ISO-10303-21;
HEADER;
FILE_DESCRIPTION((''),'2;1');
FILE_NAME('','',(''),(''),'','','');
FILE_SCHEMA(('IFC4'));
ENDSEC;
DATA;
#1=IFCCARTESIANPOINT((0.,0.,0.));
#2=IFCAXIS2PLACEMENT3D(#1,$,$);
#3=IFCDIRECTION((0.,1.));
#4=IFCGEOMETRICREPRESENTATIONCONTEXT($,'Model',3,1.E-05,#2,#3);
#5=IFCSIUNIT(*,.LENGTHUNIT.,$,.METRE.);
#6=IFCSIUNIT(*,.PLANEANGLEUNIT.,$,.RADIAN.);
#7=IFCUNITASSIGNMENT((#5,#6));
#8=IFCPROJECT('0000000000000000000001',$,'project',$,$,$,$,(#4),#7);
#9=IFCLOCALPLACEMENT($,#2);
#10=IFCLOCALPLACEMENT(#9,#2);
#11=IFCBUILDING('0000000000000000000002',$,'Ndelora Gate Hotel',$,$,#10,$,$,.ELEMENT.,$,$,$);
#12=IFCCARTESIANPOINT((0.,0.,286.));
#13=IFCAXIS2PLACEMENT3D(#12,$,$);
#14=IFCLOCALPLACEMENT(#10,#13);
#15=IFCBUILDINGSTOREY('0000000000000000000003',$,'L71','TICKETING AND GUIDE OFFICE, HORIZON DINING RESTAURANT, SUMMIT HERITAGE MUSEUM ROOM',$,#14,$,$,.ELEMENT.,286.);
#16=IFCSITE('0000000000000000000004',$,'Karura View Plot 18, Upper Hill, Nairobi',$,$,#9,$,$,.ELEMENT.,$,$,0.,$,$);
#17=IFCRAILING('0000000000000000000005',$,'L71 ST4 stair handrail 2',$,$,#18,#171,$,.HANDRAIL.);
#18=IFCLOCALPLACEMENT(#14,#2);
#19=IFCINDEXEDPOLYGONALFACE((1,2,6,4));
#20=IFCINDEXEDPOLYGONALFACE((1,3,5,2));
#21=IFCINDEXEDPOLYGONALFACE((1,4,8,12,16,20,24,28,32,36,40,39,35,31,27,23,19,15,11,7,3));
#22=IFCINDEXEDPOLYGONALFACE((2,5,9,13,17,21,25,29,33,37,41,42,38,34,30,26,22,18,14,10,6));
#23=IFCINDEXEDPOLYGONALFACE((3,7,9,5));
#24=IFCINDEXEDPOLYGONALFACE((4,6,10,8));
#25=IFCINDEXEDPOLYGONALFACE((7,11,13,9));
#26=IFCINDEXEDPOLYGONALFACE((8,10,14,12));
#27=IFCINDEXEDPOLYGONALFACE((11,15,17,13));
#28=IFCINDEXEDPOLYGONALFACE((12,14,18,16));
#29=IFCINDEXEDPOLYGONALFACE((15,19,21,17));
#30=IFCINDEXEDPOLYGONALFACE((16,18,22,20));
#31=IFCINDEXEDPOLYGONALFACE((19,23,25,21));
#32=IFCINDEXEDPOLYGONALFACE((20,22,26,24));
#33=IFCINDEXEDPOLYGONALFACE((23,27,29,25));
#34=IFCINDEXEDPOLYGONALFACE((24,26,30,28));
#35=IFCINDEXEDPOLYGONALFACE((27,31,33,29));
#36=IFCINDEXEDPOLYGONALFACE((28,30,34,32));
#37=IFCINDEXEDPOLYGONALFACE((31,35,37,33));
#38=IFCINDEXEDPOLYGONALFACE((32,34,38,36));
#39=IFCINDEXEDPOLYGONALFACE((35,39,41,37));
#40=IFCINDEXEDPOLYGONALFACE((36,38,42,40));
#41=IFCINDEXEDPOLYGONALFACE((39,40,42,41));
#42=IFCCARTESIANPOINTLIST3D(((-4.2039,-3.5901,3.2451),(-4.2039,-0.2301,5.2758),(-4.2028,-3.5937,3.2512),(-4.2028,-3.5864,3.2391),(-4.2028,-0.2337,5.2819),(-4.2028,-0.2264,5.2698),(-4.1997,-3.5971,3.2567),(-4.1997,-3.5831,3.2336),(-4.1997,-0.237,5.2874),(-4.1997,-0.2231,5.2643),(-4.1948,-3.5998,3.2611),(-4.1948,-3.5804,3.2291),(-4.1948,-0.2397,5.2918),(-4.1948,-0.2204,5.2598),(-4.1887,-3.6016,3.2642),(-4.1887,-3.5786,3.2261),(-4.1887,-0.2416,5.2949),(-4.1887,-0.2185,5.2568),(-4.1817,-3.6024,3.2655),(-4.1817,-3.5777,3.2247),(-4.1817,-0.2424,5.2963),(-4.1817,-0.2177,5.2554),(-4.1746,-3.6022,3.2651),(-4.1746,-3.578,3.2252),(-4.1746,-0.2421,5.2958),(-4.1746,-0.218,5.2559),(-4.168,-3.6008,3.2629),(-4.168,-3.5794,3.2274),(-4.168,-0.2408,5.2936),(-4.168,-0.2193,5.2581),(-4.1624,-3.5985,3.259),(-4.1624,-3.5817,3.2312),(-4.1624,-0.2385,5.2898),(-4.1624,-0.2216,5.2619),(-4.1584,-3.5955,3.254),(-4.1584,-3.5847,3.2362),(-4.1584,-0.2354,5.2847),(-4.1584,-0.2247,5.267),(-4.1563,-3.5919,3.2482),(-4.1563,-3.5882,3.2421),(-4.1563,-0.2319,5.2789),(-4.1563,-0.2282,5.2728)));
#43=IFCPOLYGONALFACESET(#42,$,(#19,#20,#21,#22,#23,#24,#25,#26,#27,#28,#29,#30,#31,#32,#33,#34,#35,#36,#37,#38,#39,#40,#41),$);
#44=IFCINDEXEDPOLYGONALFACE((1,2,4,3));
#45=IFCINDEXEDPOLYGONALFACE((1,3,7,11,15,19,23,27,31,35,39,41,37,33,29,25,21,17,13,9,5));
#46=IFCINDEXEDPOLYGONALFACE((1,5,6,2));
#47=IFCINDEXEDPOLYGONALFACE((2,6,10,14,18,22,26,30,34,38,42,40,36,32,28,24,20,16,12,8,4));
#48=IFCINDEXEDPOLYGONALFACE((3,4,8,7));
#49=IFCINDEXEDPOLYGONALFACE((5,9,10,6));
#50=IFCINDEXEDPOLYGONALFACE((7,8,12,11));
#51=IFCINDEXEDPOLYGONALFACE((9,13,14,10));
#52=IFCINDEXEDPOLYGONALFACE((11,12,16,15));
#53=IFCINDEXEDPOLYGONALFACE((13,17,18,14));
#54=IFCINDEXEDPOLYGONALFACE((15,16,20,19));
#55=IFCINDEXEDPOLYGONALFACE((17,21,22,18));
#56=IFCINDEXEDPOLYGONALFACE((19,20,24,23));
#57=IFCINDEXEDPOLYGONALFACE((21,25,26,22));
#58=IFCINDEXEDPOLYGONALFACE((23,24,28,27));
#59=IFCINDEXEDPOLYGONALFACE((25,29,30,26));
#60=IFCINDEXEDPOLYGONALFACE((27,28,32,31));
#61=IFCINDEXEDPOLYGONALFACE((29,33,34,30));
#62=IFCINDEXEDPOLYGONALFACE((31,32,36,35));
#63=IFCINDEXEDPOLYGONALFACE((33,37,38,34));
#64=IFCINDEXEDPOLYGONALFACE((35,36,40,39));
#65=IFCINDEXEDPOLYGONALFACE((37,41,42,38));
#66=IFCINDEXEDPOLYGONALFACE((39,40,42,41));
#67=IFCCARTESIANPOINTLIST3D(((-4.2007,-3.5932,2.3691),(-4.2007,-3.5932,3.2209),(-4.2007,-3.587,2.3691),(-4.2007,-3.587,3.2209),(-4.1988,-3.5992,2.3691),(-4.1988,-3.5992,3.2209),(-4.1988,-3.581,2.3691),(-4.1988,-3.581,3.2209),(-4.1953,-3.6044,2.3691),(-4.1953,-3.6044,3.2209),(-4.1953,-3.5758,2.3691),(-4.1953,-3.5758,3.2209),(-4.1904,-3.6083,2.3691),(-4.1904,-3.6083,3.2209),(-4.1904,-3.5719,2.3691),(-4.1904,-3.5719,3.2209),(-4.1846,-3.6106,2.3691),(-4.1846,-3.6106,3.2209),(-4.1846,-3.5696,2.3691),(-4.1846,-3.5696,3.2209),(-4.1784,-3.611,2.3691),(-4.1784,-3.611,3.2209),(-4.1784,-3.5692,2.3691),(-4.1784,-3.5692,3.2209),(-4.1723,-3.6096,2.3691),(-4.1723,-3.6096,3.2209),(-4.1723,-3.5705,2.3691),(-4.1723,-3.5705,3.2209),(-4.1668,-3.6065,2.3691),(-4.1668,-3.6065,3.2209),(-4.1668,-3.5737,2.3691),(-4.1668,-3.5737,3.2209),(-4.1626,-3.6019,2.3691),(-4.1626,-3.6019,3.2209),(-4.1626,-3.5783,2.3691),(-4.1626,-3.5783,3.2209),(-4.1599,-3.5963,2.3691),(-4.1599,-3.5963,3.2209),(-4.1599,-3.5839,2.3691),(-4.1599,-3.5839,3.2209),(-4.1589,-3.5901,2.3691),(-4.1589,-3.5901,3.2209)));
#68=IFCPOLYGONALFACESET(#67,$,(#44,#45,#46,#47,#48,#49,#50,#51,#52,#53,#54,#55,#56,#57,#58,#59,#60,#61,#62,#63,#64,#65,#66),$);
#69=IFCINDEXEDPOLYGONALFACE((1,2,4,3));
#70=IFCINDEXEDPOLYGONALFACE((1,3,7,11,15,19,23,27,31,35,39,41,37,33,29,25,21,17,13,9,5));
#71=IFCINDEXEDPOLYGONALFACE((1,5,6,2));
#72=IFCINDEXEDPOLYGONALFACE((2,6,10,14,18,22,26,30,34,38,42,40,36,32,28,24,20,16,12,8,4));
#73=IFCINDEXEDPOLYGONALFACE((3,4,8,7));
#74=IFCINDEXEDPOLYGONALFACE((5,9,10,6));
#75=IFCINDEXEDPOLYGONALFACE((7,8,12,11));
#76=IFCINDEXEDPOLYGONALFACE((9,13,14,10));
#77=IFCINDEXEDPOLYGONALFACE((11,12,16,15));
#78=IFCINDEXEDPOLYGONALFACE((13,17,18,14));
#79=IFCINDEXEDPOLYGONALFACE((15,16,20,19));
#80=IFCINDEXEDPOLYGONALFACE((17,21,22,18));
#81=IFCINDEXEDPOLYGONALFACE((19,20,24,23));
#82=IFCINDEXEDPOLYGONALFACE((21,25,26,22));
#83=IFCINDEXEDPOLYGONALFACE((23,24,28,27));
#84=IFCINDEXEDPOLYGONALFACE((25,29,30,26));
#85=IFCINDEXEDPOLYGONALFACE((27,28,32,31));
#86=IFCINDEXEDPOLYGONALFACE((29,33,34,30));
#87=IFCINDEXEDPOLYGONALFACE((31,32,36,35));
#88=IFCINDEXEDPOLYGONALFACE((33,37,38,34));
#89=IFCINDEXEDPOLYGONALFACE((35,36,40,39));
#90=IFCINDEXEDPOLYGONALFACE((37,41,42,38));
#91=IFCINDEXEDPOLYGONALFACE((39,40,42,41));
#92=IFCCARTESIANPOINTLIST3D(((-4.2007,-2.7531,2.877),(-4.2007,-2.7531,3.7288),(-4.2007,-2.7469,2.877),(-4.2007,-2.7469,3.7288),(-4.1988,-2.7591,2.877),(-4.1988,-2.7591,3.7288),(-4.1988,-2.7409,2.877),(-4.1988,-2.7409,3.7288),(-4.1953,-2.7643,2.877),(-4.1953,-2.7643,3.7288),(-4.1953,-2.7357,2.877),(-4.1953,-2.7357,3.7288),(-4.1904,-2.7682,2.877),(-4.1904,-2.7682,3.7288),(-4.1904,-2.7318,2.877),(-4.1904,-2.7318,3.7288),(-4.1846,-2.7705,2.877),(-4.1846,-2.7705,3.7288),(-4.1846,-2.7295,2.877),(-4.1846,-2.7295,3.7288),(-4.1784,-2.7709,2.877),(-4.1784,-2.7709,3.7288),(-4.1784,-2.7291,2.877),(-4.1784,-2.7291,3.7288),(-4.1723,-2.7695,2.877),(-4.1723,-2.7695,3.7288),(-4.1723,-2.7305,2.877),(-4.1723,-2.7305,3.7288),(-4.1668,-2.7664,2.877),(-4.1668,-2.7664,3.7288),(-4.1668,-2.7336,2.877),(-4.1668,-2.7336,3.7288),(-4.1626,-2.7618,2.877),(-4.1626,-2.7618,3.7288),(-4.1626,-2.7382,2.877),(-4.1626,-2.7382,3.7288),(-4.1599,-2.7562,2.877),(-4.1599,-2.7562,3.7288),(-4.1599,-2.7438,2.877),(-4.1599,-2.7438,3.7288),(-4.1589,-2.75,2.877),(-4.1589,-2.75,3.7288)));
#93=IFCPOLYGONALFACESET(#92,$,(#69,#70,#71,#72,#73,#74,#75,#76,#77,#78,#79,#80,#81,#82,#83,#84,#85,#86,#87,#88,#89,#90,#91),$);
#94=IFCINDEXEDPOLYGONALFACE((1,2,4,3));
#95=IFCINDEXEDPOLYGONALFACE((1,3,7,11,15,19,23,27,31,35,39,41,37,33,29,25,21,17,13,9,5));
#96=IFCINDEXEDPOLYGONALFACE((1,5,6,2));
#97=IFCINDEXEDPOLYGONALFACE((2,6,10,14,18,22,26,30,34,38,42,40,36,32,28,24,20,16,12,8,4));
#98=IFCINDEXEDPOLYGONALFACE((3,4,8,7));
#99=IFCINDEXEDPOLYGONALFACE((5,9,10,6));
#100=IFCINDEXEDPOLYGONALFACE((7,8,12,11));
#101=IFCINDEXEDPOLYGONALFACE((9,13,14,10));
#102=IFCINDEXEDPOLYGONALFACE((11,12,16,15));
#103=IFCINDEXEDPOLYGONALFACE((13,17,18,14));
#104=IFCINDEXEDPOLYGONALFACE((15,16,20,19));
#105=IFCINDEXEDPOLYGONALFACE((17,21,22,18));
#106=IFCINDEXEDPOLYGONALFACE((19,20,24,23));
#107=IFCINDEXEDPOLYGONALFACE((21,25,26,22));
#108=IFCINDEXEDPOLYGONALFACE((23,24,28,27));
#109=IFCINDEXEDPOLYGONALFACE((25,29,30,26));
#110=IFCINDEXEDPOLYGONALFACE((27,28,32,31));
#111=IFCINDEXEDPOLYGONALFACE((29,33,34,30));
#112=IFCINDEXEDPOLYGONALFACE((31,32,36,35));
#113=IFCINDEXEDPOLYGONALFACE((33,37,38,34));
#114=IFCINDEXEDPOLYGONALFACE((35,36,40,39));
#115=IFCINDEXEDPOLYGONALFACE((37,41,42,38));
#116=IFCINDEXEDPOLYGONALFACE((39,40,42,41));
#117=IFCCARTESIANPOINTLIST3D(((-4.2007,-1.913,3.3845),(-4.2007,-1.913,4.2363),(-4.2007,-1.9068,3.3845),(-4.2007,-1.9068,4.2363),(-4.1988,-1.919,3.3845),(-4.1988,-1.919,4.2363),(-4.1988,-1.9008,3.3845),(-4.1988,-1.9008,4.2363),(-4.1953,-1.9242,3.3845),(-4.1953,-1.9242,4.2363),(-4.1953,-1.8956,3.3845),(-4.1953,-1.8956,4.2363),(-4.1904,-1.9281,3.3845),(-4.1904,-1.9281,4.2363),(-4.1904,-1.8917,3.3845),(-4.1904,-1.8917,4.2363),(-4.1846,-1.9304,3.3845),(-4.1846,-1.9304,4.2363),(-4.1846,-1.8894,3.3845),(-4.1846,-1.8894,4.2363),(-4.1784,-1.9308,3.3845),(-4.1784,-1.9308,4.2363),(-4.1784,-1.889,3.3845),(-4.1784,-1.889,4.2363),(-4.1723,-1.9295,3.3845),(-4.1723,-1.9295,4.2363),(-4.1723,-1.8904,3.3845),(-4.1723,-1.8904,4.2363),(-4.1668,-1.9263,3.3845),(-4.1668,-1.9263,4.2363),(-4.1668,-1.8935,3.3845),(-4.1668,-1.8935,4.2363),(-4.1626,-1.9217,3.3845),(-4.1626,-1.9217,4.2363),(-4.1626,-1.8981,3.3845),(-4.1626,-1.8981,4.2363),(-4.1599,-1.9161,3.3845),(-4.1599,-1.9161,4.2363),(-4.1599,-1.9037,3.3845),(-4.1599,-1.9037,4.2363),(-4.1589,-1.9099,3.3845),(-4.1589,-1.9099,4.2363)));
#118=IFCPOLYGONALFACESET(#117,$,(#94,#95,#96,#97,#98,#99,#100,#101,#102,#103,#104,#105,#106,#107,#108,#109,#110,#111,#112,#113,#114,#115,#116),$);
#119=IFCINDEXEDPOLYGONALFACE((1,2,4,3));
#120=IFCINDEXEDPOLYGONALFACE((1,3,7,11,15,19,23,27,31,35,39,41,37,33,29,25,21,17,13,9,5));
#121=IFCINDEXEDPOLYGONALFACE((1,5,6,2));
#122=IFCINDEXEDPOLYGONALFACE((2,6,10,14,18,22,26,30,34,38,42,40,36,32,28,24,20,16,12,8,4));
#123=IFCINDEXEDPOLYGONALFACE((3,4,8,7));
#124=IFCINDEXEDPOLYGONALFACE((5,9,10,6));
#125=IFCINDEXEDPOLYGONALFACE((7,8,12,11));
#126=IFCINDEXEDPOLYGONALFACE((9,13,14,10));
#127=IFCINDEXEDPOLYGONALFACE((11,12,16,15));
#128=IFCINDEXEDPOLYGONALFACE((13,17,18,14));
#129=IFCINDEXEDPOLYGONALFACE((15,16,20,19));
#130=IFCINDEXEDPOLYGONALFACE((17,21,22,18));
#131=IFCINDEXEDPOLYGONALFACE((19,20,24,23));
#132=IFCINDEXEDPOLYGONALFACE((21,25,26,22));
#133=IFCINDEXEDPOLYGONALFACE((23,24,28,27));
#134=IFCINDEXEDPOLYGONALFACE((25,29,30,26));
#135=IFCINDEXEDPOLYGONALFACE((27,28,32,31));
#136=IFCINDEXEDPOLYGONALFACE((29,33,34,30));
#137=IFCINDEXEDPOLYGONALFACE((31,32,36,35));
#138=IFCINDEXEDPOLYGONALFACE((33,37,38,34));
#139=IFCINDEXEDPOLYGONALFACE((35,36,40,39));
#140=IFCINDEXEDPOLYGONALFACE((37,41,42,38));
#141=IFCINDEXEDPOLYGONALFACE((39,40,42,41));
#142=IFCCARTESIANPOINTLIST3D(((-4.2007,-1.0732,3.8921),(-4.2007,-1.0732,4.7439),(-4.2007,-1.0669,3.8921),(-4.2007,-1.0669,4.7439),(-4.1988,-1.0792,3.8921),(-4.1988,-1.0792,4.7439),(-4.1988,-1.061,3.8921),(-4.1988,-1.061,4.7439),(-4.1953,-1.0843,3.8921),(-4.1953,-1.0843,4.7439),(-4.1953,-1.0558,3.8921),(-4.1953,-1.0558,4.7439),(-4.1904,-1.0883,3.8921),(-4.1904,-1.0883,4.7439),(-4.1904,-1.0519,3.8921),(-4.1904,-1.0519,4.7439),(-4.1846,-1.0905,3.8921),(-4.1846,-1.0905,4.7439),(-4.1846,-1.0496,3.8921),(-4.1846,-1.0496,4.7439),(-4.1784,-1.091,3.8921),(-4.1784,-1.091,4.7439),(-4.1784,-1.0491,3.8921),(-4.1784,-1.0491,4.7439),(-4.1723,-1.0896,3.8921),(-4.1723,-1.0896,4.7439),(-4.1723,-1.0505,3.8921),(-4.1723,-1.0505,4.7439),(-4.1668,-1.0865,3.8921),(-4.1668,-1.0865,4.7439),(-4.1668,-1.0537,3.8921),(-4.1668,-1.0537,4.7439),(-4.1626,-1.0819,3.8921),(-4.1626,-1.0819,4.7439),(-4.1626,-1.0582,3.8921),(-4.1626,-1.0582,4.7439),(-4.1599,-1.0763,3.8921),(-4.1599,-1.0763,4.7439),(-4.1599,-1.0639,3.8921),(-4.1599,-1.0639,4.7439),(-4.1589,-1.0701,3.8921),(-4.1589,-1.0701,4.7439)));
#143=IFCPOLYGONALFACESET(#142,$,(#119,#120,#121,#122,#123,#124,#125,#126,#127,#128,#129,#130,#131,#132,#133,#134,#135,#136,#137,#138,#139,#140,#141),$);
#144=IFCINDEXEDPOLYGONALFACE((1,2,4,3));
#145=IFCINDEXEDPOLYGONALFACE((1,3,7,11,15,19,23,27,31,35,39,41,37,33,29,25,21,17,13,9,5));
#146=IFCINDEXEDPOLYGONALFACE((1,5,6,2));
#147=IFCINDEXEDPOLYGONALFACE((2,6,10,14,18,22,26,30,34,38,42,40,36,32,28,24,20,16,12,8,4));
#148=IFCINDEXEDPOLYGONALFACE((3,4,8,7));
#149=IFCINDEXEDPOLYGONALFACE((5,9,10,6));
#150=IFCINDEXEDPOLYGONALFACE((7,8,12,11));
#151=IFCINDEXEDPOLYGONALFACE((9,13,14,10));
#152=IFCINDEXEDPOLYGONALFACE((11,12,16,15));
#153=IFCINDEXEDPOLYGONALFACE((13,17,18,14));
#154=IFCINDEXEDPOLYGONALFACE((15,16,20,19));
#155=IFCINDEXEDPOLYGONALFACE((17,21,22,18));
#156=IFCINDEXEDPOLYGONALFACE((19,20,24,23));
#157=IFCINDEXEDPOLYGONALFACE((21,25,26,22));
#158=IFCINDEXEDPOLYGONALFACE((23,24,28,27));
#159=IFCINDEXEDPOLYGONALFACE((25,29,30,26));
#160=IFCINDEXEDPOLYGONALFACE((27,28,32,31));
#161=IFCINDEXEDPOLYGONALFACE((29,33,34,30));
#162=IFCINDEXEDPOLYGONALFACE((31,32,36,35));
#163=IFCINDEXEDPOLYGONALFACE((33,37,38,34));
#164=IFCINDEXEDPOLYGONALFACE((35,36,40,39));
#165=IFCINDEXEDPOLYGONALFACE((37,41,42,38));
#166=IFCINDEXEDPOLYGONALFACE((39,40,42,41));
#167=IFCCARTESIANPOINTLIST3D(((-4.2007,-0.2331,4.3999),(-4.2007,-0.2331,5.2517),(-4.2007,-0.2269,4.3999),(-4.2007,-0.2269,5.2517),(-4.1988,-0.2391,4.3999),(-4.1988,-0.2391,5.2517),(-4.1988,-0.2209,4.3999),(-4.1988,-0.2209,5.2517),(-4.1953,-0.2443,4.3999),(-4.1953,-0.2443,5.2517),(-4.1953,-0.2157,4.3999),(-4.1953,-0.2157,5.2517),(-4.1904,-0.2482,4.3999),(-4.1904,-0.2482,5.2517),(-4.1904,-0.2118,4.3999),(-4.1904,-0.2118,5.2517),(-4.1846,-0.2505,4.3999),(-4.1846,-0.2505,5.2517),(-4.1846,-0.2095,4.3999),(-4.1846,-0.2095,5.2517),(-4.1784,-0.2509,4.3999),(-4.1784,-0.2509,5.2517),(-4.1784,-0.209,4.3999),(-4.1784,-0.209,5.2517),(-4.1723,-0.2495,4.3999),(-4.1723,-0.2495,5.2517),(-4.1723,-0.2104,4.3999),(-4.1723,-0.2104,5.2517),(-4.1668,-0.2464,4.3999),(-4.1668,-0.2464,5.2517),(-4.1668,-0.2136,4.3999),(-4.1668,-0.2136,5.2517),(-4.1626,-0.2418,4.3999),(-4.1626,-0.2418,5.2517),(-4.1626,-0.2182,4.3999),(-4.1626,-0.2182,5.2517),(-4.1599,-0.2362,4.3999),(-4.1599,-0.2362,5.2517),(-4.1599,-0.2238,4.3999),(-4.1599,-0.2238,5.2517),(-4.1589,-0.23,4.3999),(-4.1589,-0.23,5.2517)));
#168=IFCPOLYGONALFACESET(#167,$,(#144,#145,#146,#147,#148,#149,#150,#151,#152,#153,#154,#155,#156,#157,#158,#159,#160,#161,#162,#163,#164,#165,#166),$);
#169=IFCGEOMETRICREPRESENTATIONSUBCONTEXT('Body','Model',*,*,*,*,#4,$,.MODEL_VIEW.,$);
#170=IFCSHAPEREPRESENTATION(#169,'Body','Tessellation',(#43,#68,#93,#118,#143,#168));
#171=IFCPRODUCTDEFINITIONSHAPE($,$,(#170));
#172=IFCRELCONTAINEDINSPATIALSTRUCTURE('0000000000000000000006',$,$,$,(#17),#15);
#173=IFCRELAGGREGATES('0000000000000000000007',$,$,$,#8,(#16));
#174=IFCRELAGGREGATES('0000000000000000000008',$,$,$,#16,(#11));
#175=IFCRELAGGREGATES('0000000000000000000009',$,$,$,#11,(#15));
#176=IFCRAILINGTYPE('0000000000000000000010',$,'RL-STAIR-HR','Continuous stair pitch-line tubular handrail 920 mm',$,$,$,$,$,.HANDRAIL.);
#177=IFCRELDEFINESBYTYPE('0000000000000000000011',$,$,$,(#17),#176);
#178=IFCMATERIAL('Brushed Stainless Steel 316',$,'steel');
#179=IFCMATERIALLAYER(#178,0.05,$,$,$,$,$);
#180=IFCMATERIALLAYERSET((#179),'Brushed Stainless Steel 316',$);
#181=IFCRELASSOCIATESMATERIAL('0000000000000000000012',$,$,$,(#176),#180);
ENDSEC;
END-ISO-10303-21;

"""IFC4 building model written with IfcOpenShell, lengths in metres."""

from ifc_helpers import new_model, si_unit, direction, frame, origin, origin_2d, place, context, subcontext, project, spatial, circle, extrude, material, layer, layer_set, type_object, element, save


model = new_model("IFC4")

# Units and contexts
model_context = context("Model", 3, precision=1e-05, world=origin(), true_north=direction((0.0, 1.0)))
body_context = subcontext(model_context, "Body", "Model", "MODEL_VIEW")
ifc_project = project(units=[si_unit("LENGTHUNIT", "METRE"), si_unit("PLANEANGLEUNIT", "RADIAN")], contexts=[model_context])

# Site, building, storey
site_placement = place(None, origin())
site = spatial("IfcSite", under=ifc_project, at=site_placement, Name="Karura View Plot 18, Upper Hill, Nairobi", CompositionType="ELEMENT", RefElevation=0.0)
building_placement = place(site_placement, origin())
building = spatial("IfcBuilding", under=site, at=building_placement, Name="Ndelora Gate Hotel", CompositionType="ELEMENT")
storey_placement = place(building_placement, frame((0.0, 0.0, 286.0)))
storey = spatial("IfcBuildingStorey", under=building, at=storey_placement, Name="L71", Description="TICKETING AND GUIDE OFFICE, HORIZON DINING RESTAURANT, SUMMIT HERITAGE MUSEUM ROOM", CompositionType="ELEMENT", Elevation=286.0)

# Railing
ifc_material_1 = material(Name="Brushed Stainless Steel 316", Category="steel")
ifc_layer_1 = layer(ifc_material_1, 0.05)
ifc_layer_set_1 = layer_set([ifc_layer_1], Name="Brushed Stainless Steel 316")
railing_type_1 = type_object("IfcRailingType", Name="RL-STAIR-HR", Description="Continuous stair pitch-line tubular handrail 920 mm", PredefinedType="HANDRAIL", material=ifc_layer_set_1)
railing_1_placement = place(storey_placement, frame((-4.1799, -3.5901, 2.3691)))
element("IfcRailing", 1, at=railing_1_placement, inside=storey, type_object=railing_type_1, Name="L71 ST4 stair handrail 2", PredefinedType="HANDRAIL", context=body_context, shape_type="SweptSolid", body=[
    extrude(circle(Radius=0.0239, at=origin_2d()), frame((0.0, 0.0, 0.876), z_axis=(0.0, 0.855837, 0.517246), x_axis=(-1.0, 0.0, 0.0)), (0.0, 0.0, 1.0), 3.926),
    extrude(circle(Radius=0.021, at=origin_2d()), origin(), (0.0, 0.0, 1.0), 0.8518),
    extrude(circle(Radius=0.021, at=origin_2d()), frame((0.0, 0.8401, 0.5078)), (0.0, 0.0, 1.0), 0.8518),
    extrude(circle(Radius=0.021, at=origin_2d()), frame((0.0, 1.6802, 1.0154)), (0.0, 0.0, 1.0), 0.8518),
    extrude(circle(Radius=0.021, at=origin_2d()), frame((0.0, 2.52, 1.5229)), (0.0, 0.0, 1.0), 0.8518),
    extrude(circle(Radius=0.021, at=origin_2d()), frame((0.0, 3.3601, 2.0308)), (0.0, 0.0, 1.0), 0.8518),
])

save(model, "model.ifc")
